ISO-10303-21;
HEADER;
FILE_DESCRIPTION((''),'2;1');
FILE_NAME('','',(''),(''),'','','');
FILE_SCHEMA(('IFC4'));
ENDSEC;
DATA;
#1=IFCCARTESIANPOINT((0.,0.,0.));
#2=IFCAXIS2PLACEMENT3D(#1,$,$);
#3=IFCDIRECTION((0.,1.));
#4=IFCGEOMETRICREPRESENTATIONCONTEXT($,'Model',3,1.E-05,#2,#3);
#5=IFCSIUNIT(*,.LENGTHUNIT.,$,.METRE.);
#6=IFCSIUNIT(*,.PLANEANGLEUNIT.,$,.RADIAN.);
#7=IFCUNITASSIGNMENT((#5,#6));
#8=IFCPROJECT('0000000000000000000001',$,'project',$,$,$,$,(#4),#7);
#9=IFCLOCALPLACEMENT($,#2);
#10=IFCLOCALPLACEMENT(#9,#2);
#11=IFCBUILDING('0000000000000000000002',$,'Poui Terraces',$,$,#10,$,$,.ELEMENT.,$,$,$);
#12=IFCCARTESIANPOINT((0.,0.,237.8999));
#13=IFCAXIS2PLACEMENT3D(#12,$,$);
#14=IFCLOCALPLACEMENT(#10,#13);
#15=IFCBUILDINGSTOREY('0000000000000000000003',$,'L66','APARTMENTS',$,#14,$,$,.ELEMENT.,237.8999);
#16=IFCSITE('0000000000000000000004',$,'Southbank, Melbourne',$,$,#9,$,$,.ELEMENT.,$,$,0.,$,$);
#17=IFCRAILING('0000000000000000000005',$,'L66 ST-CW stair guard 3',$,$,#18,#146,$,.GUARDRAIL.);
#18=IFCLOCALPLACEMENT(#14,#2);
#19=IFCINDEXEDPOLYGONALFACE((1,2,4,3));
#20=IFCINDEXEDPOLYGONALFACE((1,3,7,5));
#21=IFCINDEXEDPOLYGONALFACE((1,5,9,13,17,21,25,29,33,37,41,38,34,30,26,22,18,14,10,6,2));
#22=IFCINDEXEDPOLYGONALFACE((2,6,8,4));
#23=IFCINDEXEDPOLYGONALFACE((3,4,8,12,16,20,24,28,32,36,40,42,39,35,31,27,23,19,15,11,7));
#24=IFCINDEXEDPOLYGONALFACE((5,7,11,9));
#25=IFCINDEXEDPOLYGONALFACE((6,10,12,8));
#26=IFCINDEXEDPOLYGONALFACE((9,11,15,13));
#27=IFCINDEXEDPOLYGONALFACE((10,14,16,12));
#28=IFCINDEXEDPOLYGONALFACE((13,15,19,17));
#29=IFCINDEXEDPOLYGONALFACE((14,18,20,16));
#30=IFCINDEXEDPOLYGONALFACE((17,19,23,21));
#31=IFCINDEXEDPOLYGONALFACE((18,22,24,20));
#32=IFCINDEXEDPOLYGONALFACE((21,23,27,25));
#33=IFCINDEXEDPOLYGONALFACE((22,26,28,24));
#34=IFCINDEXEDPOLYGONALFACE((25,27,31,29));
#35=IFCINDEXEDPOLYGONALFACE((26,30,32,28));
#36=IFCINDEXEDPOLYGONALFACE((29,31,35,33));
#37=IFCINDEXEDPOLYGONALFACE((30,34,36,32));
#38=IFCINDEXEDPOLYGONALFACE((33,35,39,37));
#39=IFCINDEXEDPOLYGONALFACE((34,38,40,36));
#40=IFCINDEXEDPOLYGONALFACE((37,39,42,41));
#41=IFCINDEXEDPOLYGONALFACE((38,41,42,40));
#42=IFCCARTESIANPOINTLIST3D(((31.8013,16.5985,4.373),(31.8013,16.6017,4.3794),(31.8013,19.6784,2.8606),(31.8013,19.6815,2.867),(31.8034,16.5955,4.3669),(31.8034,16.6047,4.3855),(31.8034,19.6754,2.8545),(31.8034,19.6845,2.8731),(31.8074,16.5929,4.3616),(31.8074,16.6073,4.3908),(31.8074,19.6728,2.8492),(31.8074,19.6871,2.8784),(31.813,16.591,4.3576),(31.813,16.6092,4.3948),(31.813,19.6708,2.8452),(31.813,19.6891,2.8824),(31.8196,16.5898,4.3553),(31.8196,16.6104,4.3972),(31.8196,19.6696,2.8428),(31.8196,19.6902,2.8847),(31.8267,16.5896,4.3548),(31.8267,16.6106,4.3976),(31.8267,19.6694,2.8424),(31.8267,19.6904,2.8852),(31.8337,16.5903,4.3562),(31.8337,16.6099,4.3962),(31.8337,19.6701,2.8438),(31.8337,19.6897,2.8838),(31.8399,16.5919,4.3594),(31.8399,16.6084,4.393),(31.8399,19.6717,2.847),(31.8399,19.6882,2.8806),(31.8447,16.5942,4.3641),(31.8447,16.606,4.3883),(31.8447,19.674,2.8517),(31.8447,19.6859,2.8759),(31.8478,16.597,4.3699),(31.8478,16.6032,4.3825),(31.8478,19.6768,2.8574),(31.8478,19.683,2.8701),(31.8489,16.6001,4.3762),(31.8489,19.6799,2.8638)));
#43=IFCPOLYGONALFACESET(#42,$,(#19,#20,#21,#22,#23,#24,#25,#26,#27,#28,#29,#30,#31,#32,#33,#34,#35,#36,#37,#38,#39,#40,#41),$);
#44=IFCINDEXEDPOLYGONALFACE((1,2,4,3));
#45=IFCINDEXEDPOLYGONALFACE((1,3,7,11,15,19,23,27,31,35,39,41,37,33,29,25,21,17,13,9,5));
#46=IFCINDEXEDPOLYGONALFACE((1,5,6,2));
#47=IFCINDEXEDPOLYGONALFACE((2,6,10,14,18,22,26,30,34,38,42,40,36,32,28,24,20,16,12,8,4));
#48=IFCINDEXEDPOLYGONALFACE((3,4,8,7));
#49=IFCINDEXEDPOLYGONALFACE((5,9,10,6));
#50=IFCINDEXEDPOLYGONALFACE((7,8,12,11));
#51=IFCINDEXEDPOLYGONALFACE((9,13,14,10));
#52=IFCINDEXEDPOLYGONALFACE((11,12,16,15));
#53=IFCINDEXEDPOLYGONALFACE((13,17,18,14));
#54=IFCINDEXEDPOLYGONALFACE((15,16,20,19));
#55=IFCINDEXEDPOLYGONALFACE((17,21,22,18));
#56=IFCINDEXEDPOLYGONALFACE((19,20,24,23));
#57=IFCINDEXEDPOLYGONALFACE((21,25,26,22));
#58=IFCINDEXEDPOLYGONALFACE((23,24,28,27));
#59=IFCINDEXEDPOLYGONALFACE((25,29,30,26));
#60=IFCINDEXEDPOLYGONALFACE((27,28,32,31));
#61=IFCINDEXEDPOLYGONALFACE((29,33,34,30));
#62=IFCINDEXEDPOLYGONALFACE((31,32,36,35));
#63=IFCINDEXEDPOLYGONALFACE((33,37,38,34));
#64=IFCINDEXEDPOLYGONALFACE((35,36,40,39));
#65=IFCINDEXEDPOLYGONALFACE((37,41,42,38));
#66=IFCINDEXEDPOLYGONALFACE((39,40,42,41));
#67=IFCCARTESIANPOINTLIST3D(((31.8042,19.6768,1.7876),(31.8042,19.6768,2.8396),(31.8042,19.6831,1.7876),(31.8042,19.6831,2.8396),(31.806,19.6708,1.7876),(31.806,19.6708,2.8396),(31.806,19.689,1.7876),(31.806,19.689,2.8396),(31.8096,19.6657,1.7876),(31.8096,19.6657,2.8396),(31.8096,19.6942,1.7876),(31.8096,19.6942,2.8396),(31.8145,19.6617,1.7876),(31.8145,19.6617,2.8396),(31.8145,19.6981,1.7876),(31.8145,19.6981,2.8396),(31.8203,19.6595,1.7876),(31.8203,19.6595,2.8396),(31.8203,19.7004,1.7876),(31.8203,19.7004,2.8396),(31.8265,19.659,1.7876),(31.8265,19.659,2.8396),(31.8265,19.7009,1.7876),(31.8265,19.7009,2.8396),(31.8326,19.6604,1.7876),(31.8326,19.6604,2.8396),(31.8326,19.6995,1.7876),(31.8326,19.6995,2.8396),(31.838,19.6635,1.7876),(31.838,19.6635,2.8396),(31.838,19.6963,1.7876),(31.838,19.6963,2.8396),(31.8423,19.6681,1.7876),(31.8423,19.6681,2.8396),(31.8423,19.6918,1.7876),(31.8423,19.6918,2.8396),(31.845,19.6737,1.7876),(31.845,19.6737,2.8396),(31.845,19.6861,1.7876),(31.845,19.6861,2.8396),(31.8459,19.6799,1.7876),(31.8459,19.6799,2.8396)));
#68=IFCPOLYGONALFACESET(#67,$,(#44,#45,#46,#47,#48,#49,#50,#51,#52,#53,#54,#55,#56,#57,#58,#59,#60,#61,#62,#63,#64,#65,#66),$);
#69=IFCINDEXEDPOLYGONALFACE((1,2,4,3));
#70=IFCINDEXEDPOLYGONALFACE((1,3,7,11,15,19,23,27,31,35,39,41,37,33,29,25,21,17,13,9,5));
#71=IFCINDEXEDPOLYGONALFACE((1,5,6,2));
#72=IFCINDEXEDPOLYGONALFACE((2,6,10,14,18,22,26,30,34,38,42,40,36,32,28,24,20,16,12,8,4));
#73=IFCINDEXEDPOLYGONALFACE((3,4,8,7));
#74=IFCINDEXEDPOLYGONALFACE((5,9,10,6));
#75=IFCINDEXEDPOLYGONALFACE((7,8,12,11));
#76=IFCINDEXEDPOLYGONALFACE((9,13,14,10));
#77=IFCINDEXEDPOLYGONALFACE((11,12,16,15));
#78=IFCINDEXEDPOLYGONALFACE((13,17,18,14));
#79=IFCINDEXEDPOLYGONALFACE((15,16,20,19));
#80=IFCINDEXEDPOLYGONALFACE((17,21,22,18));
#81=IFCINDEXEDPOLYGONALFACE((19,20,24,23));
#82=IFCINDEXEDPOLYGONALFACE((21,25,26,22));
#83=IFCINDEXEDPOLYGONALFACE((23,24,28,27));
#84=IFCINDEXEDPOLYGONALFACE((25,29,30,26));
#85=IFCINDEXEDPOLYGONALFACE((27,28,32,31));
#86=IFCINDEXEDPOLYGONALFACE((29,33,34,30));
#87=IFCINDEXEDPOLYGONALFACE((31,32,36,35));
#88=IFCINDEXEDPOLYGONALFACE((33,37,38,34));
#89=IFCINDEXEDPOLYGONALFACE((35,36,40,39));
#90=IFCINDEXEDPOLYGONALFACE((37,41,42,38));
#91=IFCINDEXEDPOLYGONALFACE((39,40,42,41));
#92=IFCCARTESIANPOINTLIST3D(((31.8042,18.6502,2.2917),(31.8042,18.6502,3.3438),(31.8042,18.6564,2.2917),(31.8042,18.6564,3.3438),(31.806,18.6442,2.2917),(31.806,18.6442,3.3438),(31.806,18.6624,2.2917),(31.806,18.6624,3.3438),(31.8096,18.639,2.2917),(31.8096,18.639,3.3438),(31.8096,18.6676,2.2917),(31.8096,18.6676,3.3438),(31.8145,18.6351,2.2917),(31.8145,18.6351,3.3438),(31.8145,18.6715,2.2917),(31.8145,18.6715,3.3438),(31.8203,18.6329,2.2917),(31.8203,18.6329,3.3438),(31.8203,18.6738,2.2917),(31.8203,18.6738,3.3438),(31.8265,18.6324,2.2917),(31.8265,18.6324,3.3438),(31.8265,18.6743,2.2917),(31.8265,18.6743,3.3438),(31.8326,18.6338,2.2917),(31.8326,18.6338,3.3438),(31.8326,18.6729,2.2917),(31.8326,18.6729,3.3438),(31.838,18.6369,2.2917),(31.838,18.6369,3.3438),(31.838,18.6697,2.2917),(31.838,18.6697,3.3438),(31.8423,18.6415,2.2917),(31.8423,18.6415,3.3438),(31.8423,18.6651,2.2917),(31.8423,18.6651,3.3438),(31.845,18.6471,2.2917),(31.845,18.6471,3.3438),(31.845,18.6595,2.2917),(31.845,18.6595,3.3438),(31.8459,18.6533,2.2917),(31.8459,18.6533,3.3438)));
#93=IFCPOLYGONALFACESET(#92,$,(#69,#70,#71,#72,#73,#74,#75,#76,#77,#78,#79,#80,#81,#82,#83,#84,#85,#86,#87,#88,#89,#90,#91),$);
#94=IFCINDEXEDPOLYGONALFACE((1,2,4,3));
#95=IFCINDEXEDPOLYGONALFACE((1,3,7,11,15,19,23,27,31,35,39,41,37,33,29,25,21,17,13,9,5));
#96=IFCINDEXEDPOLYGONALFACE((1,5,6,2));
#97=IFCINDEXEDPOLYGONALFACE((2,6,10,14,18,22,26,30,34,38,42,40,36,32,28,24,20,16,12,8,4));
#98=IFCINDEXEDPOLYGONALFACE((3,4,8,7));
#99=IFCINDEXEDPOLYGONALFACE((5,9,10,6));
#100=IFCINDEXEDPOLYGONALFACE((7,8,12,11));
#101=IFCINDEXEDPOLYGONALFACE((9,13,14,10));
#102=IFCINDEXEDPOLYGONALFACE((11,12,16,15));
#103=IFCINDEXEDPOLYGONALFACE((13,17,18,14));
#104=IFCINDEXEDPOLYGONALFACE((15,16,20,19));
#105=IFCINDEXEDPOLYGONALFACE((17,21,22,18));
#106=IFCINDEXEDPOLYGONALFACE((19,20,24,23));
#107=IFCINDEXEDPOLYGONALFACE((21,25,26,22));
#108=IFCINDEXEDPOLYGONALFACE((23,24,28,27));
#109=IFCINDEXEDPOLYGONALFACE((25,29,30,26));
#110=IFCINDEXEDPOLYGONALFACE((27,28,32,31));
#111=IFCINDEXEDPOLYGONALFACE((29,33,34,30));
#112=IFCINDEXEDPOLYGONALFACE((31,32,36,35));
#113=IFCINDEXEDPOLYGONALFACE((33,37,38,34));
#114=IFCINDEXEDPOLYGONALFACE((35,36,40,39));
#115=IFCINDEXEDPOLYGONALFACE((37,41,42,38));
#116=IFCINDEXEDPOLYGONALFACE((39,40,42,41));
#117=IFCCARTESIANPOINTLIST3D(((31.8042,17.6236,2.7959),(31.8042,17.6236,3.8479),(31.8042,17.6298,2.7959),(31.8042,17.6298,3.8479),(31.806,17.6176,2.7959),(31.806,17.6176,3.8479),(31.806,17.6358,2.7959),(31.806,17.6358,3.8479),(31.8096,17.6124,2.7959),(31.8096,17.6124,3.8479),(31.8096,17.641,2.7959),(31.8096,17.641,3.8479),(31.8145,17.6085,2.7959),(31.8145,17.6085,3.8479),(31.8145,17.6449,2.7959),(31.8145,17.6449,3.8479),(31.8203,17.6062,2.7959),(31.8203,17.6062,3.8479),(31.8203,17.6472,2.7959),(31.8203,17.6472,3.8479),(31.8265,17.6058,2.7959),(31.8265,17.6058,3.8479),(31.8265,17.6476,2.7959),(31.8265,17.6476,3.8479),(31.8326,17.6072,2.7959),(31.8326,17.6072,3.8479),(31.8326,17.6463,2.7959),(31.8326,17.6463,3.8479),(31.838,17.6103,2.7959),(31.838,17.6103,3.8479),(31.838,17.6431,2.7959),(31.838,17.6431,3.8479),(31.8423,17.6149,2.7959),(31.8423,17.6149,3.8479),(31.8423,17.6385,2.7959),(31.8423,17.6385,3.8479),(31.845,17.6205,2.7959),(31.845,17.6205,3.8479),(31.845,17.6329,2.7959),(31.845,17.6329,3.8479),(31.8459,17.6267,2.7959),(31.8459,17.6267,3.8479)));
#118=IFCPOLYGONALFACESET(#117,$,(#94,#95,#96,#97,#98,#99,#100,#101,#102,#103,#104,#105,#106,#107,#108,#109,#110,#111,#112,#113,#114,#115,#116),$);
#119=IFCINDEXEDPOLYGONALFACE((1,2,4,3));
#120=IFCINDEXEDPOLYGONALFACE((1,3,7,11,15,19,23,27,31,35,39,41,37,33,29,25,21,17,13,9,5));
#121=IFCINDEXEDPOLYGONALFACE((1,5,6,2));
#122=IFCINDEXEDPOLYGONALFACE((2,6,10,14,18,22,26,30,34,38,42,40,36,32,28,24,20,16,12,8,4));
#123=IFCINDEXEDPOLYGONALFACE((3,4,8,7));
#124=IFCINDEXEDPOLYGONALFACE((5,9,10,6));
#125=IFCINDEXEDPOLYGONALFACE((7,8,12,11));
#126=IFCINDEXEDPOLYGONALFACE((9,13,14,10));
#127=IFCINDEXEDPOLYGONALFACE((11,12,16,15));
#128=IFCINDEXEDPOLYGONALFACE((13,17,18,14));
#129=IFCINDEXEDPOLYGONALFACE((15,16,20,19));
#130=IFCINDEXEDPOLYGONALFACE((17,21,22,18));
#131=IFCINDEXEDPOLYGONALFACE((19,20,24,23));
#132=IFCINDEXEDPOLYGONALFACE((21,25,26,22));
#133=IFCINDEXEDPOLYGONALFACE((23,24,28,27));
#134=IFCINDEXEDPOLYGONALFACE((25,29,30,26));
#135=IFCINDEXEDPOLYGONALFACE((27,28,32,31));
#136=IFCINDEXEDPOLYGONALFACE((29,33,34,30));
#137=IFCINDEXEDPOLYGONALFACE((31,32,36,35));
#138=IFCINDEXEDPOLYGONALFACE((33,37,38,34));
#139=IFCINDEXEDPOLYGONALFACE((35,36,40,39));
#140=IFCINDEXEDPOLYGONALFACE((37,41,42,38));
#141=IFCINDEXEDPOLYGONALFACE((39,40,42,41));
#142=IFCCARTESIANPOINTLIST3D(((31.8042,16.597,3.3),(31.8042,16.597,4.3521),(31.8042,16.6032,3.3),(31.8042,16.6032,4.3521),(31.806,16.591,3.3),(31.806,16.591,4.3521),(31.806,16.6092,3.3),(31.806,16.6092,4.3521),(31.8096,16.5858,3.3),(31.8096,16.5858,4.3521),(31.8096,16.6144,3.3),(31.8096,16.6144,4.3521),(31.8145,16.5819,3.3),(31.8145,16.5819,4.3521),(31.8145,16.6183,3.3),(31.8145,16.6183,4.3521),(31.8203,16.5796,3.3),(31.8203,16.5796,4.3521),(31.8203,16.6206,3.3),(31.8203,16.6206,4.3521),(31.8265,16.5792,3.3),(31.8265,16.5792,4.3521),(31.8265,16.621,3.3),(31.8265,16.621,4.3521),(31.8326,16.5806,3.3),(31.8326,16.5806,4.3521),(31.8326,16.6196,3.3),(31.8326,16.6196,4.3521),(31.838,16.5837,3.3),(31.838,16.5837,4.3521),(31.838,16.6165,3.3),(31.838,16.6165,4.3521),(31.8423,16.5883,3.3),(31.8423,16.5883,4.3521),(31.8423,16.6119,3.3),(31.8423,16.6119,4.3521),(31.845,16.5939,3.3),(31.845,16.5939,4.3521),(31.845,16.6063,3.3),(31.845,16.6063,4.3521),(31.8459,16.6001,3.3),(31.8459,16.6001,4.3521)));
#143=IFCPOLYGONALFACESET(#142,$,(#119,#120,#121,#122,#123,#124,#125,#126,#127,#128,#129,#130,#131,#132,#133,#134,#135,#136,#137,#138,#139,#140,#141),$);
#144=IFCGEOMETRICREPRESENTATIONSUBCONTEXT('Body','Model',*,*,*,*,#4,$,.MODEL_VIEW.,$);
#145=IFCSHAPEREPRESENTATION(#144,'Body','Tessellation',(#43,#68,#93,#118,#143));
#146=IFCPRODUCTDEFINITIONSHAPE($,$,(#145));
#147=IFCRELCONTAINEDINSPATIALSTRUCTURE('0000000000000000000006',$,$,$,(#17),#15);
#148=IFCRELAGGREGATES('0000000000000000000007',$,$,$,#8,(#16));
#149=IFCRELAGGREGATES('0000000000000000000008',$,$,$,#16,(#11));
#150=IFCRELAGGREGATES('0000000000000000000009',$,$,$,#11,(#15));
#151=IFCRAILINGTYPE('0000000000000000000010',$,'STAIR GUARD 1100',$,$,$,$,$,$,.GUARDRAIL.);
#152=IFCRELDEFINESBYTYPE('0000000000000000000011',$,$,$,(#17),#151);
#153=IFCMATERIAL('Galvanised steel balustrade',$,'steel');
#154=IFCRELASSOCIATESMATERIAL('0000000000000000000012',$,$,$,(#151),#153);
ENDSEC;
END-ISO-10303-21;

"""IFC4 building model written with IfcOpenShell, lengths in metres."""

from ifc_helpers import new_model, si_unit, direction, frame, origin, origin_2d, place, context, subcontext, project, spatial, circle, extrude, material, type_object, element, save


model = new_model("IFC4")

# Units and contexts
model_context = context("Model", 3, precision=1e-05, world=origin(), true_north=direction((0.0, 1.0)))
body_context = subcontext(model_context, "Body", "Model", "MODEL_VIEW")
ifc_project = project(units=[si_unit("LENGTHUNIT", "METRE"), si_unit("PLANEANGLEUNIT", "RADIAN")], contexts=[model_context])

# Site, building, storey
site_placement = place(None, origin())
site = spatial("IfcSite", under=ifc_project, at=site_placement, Name="Southbank, Melbourne", CompositionType="ELEMENT", RefElevation=0.0)
building_placement = place(site_placement, origin())
building = spatial("IfcBuilding", under=site, at=building_placement, Name="Poui Terraces", CompositionType="ELEMENT")
storey_placement = place(building_placement, frame((0.0, 0.0, 237.8999)))
storey = spatial("IfcBuildingStorey", under=building, at=storey_placement, Name="L66", Description="APARTMENTS", CompositionType="ELEMENT", Elevation=237.8999)

# Railing
ifc_material_1 = material(Name="Galvanised steel balustrade", Category="steel")
railing_type_1 = type_object("IfcRailingType", Name="STAIR GUARD 1100", PredefinedType="GUARDRAIL", material=ifc_material_1)
railing_1_placement = place(storey_placement, frame((31.825, 19.6799, 1.7876)))
element("IfcRailing", 1, at=railing_1_placement, inside=storey, type_object=railing_type_1, Name="L66 ST-CW stair guard 3", PredefinedType="GUARDRAIL", context=body_context, shape_type="SweptSolid", body=[
    extrude(circle(Radius=0.0239, at=origin_2d()), frame((0.0, 0.0, 1.0762), z_axis=(0.0, -0.897606, 0.440798), x_axis=(1.0, 0.0, 0.0)), (0.0, 0.0, 1.0), 3.4312),
    extrude(circle(Radius=0.021, at=origin_2d()), origin(), (0.0, 0.0, 1.0), 1.052),
    extrude(circle(Radius=0.021, at=origin_2d()), frame((0.0, -1.0266, 0.5042)), (0.0, 0.0, 1.0), 1.052),
    extrude(circle(Radius=0.021, at=origin_2d()), frame((0.0, -2.0532, 1.0083)), (0.0, 0.0, 1.0), 1.052),
    extrude(circle(Radius=0.021, at=origin_2d()), frame((0.0, -3.0798, 1.5125)), (0.0, 0.0, 1.0), 1.052),
])

save(model, "model.ifc")
